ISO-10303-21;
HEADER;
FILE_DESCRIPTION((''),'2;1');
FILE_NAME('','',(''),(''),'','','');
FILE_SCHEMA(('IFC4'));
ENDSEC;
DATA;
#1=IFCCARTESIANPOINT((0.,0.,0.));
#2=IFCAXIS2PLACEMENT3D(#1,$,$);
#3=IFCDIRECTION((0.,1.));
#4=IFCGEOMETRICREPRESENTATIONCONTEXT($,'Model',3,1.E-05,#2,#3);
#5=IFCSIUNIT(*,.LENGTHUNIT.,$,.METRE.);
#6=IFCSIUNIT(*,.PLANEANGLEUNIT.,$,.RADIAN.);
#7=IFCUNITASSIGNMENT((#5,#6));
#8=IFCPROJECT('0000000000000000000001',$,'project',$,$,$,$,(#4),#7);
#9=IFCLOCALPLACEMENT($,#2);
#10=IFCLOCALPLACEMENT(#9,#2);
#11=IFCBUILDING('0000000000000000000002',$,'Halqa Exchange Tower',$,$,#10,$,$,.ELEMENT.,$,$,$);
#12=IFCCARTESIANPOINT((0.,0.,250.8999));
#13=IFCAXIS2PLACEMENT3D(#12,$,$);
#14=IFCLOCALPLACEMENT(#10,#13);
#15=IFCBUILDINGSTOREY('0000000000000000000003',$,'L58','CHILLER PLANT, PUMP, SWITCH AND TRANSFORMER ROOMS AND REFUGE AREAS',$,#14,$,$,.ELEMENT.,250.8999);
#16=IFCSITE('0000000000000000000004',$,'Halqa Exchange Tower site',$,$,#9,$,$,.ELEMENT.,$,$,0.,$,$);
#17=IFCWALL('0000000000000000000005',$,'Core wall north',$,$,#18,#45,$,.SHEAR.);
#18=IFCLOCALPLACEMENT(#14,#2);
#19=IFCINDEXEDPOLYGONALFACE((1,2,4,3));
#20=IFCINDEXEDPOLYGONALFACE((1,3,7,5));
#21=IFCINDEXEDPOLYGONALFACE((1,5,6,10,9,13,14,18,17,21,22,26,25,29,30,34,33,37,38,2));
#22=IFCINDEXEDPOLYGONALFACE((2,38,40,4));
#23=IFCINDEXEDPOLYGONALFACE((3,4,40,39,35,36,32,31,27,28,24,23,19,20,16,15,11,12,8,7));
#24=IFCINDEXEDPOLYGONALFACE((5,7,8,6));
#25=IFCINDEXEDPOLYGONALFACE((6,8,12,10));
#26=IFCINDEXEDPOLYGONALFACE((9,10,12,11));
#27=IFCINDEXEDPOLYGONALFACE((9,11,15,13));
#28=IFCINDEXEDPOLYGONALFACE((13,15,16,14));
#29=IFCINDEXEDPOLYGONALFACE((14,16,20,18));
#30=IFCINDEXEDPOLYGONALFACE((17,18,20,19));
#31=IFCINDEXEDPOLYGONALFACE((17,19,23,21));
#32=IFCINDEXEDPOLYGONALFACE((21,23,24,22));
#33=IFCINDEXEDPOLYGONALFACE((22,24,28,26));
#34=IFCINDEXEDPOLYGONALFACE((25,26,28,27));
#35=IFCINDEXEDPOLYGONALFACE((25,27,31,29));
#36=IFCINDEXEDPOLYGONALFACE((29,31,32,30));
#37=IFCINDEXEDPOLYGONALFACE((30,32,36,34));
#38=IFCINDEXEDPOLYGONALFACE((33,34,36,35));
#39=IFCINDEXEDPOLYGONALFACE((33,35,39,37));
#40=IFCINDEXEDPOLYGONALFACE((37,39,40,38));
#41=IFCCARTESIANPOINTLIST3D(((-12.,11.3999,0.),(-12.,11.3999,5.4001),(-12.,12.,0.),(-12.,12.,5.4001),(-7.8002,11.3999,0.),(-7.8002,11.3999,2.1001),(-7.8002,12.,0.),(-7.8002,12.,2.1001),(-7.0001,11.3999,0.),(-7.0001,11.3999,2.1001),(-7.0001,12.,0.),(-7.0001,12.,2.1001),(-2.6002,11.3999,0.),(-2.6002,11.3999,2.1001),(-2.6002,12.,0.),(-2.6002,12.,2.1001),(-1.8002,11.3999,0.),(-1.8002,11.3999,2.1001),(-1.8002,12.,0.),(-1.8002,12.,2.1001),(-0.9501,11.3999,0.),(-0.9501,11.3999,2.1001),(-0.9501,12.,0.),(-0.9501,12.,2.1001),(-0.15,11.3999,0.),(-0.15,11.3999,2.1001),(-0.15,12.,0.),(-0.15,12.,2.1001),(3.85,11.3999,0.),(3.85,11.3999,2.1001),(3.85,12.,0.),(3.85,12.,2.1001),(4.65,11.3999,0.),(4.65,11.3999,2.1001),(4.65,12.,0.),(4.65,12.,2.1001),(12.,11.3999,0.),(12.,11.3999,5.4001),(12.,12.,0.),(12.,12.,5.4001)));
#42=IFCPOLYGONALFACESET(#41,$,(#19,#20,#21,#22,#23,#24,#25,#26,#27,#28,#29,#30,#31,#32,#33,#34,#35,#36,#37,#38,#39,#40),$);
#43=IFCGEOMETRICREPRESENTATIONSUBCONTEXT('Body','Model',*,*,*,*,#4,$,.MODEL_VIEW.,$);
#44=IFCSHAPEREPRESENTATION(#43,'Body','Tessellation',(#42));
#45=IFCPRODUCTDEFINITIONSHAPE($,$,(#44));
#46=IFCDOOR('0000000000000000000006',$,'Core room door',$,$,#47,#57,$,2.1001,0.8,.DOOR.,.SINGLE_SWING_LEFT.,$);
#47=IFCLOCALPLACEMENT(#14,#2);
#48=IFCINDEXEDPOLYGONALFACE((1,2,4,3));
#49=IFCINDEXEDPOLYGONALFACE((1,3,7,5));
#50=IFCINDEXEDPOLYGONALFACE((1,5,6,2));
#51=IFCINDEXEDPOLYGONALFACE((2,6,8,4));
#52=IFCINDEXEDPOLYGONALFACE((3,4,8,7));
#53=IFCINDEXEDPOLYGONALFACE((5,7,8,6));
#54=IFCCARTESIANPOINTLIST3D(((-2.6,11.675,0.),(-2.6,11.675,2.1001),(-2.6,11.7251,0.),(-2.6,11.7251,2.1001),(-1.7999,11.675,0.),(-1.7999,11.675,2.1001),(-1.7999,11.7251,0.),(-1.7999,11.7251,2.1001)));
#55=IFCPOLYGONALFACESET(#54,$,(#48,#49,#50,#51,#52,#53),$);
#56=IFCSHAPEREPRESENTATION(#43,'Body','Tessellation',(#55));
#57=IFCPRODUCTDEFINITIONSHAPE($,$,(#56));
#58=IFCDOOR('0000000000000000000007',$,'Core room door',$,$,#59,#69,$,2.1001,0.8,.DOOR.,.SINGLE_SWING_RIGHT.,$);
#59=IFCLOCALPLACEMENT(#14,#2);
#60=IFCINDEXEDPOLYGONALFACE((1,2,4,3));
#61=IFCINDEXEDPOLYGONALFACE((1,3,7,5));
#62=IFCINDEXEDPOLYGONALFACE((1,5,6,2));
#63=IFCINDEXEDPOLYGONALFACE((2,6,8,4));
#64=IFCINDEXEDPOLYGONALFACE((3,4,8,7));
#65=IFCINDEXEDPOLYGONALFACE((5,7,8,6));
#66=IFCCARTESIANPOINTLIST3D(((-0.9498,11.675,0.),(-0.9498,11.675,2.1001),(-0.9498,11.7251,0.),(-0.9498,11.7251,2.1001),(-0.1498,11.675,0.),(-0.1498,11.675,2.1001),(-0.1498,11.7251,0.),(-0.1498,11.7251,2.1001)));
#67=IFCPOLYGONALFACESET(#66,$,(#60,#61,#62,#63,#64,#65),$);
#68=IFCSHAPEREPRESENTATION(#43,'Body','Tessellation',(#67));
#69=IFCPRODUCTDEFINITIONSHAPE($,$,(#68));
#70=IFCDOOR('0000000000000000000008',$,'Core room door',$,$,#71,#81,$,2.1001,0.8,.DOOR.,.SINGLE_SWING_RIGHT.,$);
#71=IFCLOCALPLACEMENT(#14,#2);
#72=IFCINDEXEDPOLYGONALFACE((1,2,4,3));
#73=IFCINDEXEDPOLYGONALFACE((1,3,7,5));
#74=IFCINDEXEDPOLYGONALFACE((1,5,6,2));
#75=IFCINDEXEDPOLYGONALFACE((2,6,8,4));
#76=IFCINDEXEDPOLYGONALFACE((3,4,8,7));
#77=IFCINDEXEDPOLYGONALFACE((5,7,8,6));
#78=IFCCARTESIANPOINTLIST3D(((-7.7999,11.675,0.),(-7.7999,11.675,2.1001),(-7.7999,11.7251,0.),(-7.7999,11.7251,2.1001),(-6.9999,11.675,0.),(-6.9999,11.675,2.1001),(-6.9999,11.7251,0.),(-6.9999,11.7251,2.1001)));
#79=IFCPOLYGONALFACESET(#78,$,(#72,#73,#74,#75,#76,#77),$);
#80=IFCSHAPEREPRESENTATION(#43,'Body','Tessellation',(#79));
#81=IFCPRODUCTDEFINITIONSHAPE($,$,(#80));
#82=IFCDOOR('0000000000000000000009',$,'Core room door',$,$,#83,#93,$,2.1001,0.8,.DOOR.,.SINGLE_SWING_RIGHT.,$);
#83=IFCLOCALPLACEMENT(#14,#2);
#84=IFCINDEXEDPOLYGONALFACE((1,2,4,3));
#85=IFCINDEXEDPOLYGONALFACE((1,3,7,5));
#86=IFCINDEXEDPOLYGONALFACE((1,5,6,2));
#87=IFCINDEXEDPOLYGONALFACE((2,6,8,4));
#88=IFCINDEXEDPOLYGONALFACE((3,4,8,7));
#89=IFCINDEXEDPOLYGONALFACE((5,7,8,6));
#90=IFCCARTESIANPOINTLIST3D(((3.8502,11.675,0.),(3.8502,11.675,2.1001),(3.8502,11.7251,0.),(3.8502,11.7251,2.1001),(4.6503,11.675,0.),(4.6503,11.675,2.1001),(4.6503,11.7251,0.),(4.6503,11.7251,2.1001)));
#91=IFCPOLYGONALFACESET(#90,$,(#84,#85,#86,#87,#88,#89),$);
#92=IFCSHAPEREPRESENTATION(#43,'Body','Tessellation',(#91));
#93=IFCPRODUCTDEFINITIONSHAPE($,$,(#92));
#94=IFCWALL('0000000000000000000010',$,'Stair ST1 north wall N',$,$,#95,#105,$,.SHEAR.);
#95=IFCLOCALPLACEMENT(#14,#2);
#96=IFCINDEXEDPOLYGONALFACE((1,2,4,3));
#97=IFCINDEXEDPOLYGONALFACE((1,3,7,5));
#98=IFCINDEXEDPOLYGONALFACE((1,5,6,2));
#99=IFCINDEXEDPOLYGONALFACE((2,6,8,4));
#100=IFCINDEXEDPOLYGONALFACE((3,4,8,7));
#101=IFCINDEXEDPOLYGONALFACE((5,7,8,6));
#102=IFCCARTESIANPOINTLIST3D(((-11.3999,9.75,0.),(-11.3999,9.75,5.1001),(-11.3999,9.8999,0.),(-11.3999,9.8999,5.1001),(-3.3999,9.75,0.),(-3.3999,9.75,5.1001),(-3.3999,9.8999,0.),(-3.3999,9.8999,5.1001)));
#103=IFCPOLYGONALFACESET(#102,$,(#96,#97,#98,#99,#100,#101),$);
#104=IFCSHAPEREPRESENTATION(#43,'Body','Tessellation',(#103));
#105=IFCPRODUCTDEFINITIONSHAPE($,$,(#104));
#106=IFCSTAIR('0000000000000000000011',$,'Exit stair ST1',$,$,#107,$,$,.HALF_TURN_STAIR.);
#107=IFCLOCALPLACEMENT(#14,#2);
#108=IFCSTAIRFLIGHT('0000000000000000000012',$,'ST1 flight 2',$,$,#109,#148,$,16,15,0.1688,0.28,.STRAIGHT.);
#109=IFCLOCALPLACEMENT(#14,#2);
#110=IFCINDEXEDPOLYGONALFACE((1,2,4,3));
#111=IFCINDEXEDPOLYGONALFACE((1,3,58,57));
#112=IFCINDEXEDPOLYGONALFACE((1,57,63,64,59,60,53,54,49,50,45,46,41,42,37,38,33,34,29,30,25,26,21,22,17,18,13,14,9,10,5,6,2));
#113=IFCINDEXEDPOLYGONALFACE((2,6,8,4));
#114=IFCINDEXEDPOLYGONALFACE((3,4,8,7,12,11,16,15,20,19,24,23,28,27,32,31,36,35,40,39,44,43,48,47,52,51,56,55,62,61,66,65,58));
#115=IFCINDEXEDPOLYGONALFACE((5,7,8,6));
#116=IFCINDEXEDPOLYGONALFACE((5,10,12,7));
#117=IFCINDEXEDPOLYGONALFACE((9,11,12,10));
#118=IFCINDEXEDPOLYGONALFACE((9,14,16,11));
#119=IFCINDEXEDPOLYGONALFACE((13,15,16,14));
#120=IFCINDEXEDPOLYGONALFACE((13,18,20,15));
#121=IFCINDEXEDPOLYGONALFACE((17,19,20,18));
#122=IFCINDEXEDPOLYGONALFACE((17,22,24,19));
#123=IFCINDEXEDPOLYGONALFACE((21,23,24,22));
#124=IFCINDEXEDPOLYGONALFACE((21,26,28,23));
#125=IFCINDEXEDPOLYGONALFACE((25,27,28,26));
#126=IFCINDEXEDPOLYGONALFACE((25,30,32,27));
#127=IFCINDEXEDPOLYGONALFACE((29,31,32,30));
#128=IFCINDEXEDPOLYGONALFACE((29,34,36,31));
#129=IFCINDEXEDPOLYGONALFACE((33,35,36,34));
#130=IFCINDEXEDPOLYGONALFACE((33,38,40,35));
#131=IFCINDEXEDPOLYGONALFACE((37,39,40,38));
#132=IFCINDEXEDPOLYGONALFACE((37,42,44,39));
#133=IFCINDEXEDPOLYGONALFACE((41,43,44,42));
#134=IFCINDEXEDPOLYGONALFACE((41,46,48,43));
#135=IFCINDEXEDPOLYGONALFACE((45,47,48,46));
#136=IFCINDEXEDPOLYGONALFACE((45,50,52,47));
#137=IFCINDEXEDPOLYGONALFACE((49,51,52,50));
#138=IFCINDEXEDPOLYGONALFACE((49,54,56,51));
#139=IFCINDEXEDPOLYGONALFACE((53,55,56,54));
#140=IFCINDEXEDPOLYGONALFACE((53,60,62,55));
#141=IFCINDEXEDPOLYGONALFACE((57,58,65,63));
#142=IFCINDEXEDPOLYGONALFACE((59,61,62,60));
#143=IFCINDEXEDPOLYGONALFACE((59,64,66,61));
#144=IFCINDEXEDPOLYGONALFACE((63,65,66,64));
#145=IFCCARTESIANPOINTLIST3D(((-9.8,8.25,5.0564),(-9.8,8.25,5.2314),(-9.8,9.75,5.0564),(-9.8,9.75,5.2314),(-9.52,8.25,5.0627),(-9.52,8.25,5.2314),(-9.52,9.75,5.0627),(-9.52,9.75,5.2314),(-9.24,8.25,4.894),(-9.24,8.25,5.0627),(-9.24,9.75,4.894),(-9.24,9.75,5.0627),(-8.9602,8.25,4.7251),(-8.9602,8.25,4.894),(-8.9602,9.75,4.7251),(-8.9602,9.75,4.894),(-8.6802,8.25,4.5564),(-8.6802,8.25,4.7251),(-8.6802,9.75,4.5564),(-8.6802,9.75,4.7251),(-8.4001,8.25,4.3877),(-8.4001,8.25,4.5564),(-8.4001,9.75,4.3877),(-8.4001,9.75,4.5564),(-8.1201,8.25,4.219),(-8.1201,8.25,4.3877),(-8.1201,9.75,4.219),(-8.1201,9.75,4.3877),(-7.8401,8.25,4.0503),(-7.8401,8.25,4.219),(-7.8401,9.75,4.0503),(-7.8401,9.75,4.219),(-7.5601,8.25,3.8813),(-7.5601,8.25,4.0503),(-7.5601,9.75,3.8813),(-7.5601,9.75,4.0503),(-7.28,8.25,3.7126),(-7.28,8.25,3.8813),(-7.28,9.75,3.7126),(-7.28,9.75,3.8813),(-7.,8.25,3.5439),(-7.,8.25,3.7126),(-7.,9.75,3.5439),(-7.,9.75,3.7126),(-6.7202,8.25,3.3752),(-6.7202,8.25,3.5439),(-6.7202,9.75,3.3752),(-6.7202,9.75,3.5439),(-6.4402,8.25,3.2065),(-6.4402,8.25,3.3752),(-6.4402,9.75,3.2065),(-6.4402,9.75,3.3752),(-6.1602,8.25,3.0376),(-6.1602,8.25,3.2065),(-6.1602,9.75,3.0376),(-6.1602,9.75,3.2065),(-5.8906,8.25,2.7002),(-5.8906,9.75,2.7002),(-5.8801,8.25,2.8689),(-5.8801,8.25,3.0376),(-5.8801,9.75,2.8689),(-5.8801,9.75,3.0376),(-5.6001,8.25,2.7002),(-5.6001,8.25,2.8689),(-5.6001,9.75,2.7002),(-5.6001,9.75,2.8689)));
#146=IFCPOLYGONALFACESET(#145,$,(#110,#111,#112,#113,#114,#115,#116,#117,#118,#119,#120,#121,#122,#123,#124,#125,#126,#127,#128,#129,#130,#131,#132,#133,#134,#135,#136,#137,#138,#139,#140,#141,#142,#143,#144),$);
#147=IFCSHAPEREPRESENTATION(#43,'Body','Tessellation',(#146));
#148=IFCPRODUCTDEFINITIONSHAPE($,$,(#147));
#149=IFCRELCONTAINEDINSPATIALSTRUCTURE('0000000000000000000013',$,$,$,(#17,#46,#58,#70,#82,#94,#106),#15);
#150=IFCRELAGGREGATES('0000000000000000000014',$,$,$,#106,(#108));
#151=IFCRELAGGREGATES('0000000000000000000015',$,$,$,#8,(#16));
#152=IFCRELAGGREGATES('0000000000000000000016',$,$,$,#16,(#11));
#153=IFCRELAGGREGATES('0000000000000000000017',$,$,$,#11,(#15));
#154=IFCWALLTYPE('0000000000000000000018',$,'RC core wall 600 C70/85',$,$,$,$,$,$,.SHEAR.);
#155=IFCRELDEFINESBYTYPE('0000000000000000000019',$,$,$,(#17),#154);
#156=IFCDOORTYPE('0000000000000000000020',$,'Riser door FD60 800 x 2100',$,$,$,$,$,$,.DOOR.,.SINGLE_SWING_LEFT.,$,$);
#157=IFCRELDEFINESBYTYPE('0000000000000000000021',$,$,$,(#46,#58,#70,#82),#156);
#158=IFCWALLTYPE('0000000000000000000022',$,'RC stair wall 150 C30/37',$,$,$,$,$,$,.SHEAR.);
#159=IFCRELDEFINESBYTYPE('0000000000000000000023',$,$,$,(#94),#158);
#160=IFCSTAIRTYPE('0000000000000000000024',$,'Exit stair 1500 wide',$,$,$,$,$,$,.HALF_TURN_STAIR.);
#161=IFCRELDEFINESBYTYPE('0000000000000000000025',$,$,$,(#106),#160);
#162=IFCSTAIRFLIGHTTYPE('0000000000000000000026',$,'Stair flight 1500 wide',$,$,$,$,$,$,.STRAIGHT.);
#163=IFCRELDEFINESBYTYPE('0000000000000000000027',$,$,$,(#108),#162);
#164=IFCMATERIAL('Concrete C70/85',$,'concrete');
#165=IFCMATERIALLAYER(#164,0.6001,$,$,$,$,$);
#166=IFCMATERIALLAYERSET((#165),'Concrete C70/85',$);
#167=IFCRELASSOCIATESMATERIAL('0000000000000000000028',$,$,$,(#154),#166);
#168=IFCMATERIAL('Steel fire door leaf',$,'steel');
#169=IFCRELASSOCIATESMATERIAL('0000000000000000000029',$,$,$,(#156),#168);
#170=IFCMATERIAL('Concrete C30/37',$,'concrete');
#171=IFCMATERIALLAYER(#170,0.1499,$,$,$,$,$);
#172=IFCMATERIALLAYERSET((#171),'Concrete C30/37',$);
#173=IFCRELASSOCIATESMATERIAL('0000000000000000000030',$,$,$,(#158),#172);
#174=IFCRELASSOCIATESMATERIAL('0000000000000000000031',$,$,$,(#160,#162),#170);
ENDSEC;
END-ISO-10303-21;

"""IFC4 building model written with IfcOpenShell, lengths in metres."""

from ifc_helpers import new_model, si_unit, direction, frame, frame_2d, origin, place, context, subcontext, project, spatial, polyline, rectangle, outline, extrude, material, layer, layer_set, type_object, element, fill, aggregate, save


model = new_model("IFC4")

# Units and contexts
model_context = context("Model", 3, precision=1e-05, world=origin(), true_north=direction((0.0, 1.0)))
body_context = subcontext(model_context, "Body", "Model", "MODEL_VIEW")
ifc_project = project(units=[si_unit("LENGTHUNIT", "METRE"), si_unit("PLANEANGLEUNIT", "RADIAN")], contexts=[model_context])

# Site, building, storey
site_placement = place(None, origin())
site = spatial("IfcSite", under=ifc_project, at=site_placement, Name="Halqa Exchange Tower site", CompositionType="ELEMENT", RefElevation=0.0)
building_placement = place(site_placement, origin())
building = spatial("IfcBuilding", under=site, at=building_placement, Name="Halqa Exchange Tower", CompositionType="ELEMENT")
storey_placement = place(building_placement, frame((0.0, 0.0, 250.8999)))
storey = spatial("IfcBuildingStorey", under=building, at=storey_placement, Name="L58", Description="CHILLER PLANT, PUMP, SWITCH AND TRANSFORMER ROOMS AND REFUGE AREAS", CompositionType="ELEMENT", Elevation=250.8999)

# Shared definitions
ifc_material_1 = material(Name="Steel fire door leaf", Category="steel")

# Wall, openings, doors
ifc_material_2 = material(Name="Concrete C70/85", Category="concrete")
ifc_layer_1 = layer(ifc_material_2, 0.6001)
ifc_layer_set_1 = layer_set([ifc_layer_1], Name="Concrete C70/85")
wall_type_1 = type_object("IfcWallType", Name="RC core wall 600 C70/85", PredefinedType="SHEAR", material=ifc_layer_set_1)
wall_1_placement = place(storey_placement, frame((-12.0, 11.7, 0.0), z_axis=(0.0, 0.0, 1.0), x_axis=(1.0, 0.0, 0.0)))
wall_1 = element("IfcWall", 1, at=wall_1_placement, inside=storey, type_object=wall_type_1, Name="Core wall north", PredefinedType="SHEAR", context=body_context, shape_type="SweptSolid", body=[
    extrude(rectangle(XDim=24.0, YDim=0.6001, at=frame_2d((12.0, 0.0))), origin(), (0.0, 0.0, 1.0), 5.4001),
])
opening_1_placement = place(wall_1_placement, frame((9.3999, 0.0, 0.0)))
opening_1 = element("IfcOpeningElement", 2, at=opening_1_placement, cuts=wall_1, PredefinedType="OPENING", context=body_context, shape_type="SweptSolid", body=[
    extrude(rectangle(XDim=0.8, YDim=2.1001, at=frame_2d((0.3999, 1.05))), frame((0.0, 0.312, 0.0), z_axis=(0.0, -1.0, 0.0), x_axis=(1.0, 0.0, 0.0)), (0.0, 0.0, 1.0), 0.624),
])
opening_2_placement = place(wall_1_placement, frame((11.05, 0.0, 0.0)))
opening_2 = element("IfcOpeningElement", 3, at=opening_2_placement, cuts=wall_1, PredefinedType="OPENING", context=body_context, shape_type="SweptSolid", body=[
    extrude(rectangle(XDim=0.8, YDim=2.1001, at=frame_2d((0.3999, 1.05))), frame((0.0, 0.312, 0.0), z_axis=(0.0, -1.0, 0.0), x_axis=(1.0, 0.0, 0.0)), (0.0, 0.0, 1.0), 0.624),
])
opening_3_placement = place(wall_1_placement, frame((4.2, 0.0, 0.0)))
opening_3 = element("IfcOpeningElement", 4, at=opening_3_placement, cuts=wall_1, PredefinedType="OPENING", context=body_context, shape_type="SweptSolid", body=[
    extrude(rectangle(XDim=0.8, YDim=2.1001, at=frame_2d((0.3999, 1.05))), frame((0.0, 0.312, 0.0), z_axis=(0.0, -1.0, 0.0), x_axis=(1.0, 0.0, 0.0)), (0.0, 0.0, 1.0), 0.624),
])
opening_4_placement = place(wall_1_placement, frame((15.8501, 0.0, 0.0)))
opening_4 = element("IfcOpeningElement", 5, at=opening_4_placement, cuts=wall_1, PredefinedType="OPENING", context=body_context, shape_type="SweptSolid", body=[
    extrude(rectangle(XDim=0.8, YDim=2.1001, at=frame_2d((0.3999, 1.05))), frame((0.0, 0.312, 0.0), z_axis=(0.0, -1.0, 0.0), x_axis=(1.0, 0.0, 0.0)), (0.0, 0.0, 1.0), 0.624),
])
door_type_1 = type_object("IfcDoorType", Name="Riser door FD60 800 x 2100", OperationType="SINGLE_SWING_LEFT", PredefinedType="DOOR", material=ifc_material_1)
door_1_placement = place(opening_1_placement, frame((0.8, 0.0, 0.0), z_axis=(0.0, 0.0, 1.0), x_axis=(-1.0, 0.0, 0.0)))
door_1 = element("IfcDoor", 6, at=door_1_placement, inside=storey, type_object=door_type_1, Name="Core room door", OperationType="SINGLE_SWING_LEFT", OverallHeight=2.1001, OverallWidth=0.8, PredefinedType="DOOR", context=body_context, shape_type="SweptSolid", body=[
    extrude(rectangle(XDim=0.8, YDim=2.1001, at=frame_2d((0.3999, 1.05))), frame((0.0, 0.0249, 0.0), z_axis=(0.0, -1.0, 0.0), x_axis=(1.0, 0.0, 0.0)), (0.0, 0.0, 1.0), 0.05),
])
fill(opening_1, door_1)
door_2_placement = place(opening_2_placement, frame((0.8, 0.0, 0.0), z_axis=(0.0, 0.0, 1.0), x_axis=(-1.0, 0.0, 0.0)))
door_2 = element("IfcDoor", 7, at=door_2_placement, inside=storey, type_object=door_type_1, Name="Core room door", OperationType="SINGLE_SWING_RIGHT", OverallHeight=2.1001, OverallWidth=0.8, PredefinedType="DOOR", context=body_context, shape_type="SweptSolid", body=[
    extrude(rectangle(XDim=0.8, YDim=2.1001, at=frame_2d((0.3999, 1.05))), frame((0.0, 0.0249, 0.0), z_axis=(0.0, -1.0, 0.0), x_axis=(1.0, 0.0, 0.0)), (0.0, 0.0, 1.0), 0.05),
])
fill(opening_2, door_2)
door_3_placement = place(opening_3_placement, frame((0.8, 0.0, 0.0), z_axis=(0.0, 0.0, 1.0), x_axis=(-1.0, 0.0, 0.0)))
door_3 = element("IfcDoor", 8, at=door_3_placement, inside=storey, type_object=door_type_1, Name="Core room door", OperationType="SINGLE_SWING_RIGHT", OverallHeight=2.1001, OverallWidth=0.8, PredefinedType="DOOR", context=body_context, shape_type="SweptSolid", body=[
    extrude(rectangle(XDim=0.8, YDim=2.1001, at=frame_2d((0.3999, 1.05))), frame((0.0, 0.0249, 0.0), z_axis=(0.0, -1.0, 0.0), x_axis=(1.0, 0.0, 0.0)), (0.0, 0.0, 1.0), 0.05),
])
fill(opening_3, door_3)
door_4_placement = place(opening_4_placement, frame((0.8, 0.0, 0.0), z_axis=(0.0, 0.0, 1.0), x_axis=(-1.0, 0.0, 0.0)))
door_4 = element("IfcDoor", 9, at=door_4_placement, inside=storey, type_object=door_type_1, Name="Core room door", OperationType="SINGLE_SWING_RIGHT", OverallHeight=2.1001, OverallWidth=0.8, PredefinedType="DOOR", context=body_context, shape_type="SweptSolid", body=[
    extrude(rectangle(XDim=0.8, YDim=2.1001, at=frame_2d((0.3999, 1.05))), frame((0.0, 0.0249, 0.0), z_axis=(0.0, -1.0, 0.0), x_axis=(1.0, 0.0, 0.0)), (0.0, 0.0, 1.0), 0.05),
])
fill(opening_4, door_4)

# Wall
ifc_material_3 = material(Name="Concrete C30/37", Category="concrete")
ifc_layer_2 = layer(ifc_material_3, 0.1499)
ifc_layer_set_2 = layer_set([ifc_layer_2], Name="Concrete C30/37")
wall_type_2 = type_object("IfcWallType", Name="RC stair wall 150 C30/37", PredefinedType="SHEAR", material=ifc_layer_set_2)
wall_2_placement = place(storey_placement, frame((-11.3999, 9.825, 0.0), z_axis=(0.0, 0.0, 1.0), x_axis=(1.0, 0.0, 0.0)))
element("IfcWall", 10, at=wall_2_placement, inside=storey, type_object=wall_type_2, Name="Stair ST1 north wall N", PredefinedType="SHEAR", context=body_context, shape_type="SweptSolid", body=[
    extrude(rectangle(XDim=8.0, YDim=0.1499, at=frame_2d((4.0, 0.0))), origin(), (0.0, 0.0, 1.0), 5.1001),
])

# Stair, stair flight
stair_type = type_object("IfcStairType", Name="Exit stair 1500 wide", PredefinedType="HALF_TURN_STAIR", material=ifc_material_3)
stair_placement = place(storey_placement, origin())
stair = element("IfcStair", 11, at=stair_placement, inside=storey, type_object=stair_type, Name="Exit stair ST1", PredefinedType="HALF_TURN_STAIR")
stair_flight_type = type_object("IfcStairFlightType", Name="Stair flight 1500 wide", PredefinedType="STRAIGHT", material=ifc_material_3)
stair_flight_placement = place(storey_placement, frame((-5.6001, 9.0, 2.7002), z_axis=(0.0, 0.0, 1.0), x_axis=(-1.0, 0.0, 0.0)))
stair_flight = element("IfcStairFlight", 12, at=stair_flight_placement, type_object=stair_flight_type, Name="ST1 flight 2", NumberOfRisers=16, NumberOfTreads=15, PredefinedType="STRAIGHT", RiserHeight=0.1688, TreadLength=0.28, context=body_context, shape_type="SweptSolid", body=[
    extrude(outline(polyline([(0.0, 0.0), (0.0, 0.1687), (0.28, 0.1687), (0.28, 0.3374), (0.5601, 0.3374), (0.5601, 0.5063), (0.8401, 0.5063), (0.8401, 0.675), (1.1201, 0.675), (1.1201, 0.8438), (1.3999, 0.8438), (1.3999, 1.0125), (1.6799, 1.0125), (1.6799, 1.1812), (1.96, 1.1812), (1.96, 1.3501), (2.24, 1.3501), (2.24, 1.5188), (2.52, 1.5188), (2.52, 1.6875), (2.8, 1.6875), (2.8, 1.8562), (3.0801, 1.8562), (3.0801, 2.0249), (3.3601, 2.0249), (3.3601, 2.1938), (3.6399, 2.1938), (3.6399, 2.3625), (3.9199, 2.3625), (3.9199, 2.5312), (4.2, 2.5312), (4.2, 2.7), (4.2, 2.3562), (0.2905, 0.0), (0.0, 0.0)])), frame((0.0, 0.75, 0.0), z_axis=(0.0, -1.0, 0.0), x_axis=(1.0, 0.0, 0.0)), (0.0, 0.0, 1.0), 1.5),
])
aggregate(stair, [stair_flight])

save(model, "model.ifc")
